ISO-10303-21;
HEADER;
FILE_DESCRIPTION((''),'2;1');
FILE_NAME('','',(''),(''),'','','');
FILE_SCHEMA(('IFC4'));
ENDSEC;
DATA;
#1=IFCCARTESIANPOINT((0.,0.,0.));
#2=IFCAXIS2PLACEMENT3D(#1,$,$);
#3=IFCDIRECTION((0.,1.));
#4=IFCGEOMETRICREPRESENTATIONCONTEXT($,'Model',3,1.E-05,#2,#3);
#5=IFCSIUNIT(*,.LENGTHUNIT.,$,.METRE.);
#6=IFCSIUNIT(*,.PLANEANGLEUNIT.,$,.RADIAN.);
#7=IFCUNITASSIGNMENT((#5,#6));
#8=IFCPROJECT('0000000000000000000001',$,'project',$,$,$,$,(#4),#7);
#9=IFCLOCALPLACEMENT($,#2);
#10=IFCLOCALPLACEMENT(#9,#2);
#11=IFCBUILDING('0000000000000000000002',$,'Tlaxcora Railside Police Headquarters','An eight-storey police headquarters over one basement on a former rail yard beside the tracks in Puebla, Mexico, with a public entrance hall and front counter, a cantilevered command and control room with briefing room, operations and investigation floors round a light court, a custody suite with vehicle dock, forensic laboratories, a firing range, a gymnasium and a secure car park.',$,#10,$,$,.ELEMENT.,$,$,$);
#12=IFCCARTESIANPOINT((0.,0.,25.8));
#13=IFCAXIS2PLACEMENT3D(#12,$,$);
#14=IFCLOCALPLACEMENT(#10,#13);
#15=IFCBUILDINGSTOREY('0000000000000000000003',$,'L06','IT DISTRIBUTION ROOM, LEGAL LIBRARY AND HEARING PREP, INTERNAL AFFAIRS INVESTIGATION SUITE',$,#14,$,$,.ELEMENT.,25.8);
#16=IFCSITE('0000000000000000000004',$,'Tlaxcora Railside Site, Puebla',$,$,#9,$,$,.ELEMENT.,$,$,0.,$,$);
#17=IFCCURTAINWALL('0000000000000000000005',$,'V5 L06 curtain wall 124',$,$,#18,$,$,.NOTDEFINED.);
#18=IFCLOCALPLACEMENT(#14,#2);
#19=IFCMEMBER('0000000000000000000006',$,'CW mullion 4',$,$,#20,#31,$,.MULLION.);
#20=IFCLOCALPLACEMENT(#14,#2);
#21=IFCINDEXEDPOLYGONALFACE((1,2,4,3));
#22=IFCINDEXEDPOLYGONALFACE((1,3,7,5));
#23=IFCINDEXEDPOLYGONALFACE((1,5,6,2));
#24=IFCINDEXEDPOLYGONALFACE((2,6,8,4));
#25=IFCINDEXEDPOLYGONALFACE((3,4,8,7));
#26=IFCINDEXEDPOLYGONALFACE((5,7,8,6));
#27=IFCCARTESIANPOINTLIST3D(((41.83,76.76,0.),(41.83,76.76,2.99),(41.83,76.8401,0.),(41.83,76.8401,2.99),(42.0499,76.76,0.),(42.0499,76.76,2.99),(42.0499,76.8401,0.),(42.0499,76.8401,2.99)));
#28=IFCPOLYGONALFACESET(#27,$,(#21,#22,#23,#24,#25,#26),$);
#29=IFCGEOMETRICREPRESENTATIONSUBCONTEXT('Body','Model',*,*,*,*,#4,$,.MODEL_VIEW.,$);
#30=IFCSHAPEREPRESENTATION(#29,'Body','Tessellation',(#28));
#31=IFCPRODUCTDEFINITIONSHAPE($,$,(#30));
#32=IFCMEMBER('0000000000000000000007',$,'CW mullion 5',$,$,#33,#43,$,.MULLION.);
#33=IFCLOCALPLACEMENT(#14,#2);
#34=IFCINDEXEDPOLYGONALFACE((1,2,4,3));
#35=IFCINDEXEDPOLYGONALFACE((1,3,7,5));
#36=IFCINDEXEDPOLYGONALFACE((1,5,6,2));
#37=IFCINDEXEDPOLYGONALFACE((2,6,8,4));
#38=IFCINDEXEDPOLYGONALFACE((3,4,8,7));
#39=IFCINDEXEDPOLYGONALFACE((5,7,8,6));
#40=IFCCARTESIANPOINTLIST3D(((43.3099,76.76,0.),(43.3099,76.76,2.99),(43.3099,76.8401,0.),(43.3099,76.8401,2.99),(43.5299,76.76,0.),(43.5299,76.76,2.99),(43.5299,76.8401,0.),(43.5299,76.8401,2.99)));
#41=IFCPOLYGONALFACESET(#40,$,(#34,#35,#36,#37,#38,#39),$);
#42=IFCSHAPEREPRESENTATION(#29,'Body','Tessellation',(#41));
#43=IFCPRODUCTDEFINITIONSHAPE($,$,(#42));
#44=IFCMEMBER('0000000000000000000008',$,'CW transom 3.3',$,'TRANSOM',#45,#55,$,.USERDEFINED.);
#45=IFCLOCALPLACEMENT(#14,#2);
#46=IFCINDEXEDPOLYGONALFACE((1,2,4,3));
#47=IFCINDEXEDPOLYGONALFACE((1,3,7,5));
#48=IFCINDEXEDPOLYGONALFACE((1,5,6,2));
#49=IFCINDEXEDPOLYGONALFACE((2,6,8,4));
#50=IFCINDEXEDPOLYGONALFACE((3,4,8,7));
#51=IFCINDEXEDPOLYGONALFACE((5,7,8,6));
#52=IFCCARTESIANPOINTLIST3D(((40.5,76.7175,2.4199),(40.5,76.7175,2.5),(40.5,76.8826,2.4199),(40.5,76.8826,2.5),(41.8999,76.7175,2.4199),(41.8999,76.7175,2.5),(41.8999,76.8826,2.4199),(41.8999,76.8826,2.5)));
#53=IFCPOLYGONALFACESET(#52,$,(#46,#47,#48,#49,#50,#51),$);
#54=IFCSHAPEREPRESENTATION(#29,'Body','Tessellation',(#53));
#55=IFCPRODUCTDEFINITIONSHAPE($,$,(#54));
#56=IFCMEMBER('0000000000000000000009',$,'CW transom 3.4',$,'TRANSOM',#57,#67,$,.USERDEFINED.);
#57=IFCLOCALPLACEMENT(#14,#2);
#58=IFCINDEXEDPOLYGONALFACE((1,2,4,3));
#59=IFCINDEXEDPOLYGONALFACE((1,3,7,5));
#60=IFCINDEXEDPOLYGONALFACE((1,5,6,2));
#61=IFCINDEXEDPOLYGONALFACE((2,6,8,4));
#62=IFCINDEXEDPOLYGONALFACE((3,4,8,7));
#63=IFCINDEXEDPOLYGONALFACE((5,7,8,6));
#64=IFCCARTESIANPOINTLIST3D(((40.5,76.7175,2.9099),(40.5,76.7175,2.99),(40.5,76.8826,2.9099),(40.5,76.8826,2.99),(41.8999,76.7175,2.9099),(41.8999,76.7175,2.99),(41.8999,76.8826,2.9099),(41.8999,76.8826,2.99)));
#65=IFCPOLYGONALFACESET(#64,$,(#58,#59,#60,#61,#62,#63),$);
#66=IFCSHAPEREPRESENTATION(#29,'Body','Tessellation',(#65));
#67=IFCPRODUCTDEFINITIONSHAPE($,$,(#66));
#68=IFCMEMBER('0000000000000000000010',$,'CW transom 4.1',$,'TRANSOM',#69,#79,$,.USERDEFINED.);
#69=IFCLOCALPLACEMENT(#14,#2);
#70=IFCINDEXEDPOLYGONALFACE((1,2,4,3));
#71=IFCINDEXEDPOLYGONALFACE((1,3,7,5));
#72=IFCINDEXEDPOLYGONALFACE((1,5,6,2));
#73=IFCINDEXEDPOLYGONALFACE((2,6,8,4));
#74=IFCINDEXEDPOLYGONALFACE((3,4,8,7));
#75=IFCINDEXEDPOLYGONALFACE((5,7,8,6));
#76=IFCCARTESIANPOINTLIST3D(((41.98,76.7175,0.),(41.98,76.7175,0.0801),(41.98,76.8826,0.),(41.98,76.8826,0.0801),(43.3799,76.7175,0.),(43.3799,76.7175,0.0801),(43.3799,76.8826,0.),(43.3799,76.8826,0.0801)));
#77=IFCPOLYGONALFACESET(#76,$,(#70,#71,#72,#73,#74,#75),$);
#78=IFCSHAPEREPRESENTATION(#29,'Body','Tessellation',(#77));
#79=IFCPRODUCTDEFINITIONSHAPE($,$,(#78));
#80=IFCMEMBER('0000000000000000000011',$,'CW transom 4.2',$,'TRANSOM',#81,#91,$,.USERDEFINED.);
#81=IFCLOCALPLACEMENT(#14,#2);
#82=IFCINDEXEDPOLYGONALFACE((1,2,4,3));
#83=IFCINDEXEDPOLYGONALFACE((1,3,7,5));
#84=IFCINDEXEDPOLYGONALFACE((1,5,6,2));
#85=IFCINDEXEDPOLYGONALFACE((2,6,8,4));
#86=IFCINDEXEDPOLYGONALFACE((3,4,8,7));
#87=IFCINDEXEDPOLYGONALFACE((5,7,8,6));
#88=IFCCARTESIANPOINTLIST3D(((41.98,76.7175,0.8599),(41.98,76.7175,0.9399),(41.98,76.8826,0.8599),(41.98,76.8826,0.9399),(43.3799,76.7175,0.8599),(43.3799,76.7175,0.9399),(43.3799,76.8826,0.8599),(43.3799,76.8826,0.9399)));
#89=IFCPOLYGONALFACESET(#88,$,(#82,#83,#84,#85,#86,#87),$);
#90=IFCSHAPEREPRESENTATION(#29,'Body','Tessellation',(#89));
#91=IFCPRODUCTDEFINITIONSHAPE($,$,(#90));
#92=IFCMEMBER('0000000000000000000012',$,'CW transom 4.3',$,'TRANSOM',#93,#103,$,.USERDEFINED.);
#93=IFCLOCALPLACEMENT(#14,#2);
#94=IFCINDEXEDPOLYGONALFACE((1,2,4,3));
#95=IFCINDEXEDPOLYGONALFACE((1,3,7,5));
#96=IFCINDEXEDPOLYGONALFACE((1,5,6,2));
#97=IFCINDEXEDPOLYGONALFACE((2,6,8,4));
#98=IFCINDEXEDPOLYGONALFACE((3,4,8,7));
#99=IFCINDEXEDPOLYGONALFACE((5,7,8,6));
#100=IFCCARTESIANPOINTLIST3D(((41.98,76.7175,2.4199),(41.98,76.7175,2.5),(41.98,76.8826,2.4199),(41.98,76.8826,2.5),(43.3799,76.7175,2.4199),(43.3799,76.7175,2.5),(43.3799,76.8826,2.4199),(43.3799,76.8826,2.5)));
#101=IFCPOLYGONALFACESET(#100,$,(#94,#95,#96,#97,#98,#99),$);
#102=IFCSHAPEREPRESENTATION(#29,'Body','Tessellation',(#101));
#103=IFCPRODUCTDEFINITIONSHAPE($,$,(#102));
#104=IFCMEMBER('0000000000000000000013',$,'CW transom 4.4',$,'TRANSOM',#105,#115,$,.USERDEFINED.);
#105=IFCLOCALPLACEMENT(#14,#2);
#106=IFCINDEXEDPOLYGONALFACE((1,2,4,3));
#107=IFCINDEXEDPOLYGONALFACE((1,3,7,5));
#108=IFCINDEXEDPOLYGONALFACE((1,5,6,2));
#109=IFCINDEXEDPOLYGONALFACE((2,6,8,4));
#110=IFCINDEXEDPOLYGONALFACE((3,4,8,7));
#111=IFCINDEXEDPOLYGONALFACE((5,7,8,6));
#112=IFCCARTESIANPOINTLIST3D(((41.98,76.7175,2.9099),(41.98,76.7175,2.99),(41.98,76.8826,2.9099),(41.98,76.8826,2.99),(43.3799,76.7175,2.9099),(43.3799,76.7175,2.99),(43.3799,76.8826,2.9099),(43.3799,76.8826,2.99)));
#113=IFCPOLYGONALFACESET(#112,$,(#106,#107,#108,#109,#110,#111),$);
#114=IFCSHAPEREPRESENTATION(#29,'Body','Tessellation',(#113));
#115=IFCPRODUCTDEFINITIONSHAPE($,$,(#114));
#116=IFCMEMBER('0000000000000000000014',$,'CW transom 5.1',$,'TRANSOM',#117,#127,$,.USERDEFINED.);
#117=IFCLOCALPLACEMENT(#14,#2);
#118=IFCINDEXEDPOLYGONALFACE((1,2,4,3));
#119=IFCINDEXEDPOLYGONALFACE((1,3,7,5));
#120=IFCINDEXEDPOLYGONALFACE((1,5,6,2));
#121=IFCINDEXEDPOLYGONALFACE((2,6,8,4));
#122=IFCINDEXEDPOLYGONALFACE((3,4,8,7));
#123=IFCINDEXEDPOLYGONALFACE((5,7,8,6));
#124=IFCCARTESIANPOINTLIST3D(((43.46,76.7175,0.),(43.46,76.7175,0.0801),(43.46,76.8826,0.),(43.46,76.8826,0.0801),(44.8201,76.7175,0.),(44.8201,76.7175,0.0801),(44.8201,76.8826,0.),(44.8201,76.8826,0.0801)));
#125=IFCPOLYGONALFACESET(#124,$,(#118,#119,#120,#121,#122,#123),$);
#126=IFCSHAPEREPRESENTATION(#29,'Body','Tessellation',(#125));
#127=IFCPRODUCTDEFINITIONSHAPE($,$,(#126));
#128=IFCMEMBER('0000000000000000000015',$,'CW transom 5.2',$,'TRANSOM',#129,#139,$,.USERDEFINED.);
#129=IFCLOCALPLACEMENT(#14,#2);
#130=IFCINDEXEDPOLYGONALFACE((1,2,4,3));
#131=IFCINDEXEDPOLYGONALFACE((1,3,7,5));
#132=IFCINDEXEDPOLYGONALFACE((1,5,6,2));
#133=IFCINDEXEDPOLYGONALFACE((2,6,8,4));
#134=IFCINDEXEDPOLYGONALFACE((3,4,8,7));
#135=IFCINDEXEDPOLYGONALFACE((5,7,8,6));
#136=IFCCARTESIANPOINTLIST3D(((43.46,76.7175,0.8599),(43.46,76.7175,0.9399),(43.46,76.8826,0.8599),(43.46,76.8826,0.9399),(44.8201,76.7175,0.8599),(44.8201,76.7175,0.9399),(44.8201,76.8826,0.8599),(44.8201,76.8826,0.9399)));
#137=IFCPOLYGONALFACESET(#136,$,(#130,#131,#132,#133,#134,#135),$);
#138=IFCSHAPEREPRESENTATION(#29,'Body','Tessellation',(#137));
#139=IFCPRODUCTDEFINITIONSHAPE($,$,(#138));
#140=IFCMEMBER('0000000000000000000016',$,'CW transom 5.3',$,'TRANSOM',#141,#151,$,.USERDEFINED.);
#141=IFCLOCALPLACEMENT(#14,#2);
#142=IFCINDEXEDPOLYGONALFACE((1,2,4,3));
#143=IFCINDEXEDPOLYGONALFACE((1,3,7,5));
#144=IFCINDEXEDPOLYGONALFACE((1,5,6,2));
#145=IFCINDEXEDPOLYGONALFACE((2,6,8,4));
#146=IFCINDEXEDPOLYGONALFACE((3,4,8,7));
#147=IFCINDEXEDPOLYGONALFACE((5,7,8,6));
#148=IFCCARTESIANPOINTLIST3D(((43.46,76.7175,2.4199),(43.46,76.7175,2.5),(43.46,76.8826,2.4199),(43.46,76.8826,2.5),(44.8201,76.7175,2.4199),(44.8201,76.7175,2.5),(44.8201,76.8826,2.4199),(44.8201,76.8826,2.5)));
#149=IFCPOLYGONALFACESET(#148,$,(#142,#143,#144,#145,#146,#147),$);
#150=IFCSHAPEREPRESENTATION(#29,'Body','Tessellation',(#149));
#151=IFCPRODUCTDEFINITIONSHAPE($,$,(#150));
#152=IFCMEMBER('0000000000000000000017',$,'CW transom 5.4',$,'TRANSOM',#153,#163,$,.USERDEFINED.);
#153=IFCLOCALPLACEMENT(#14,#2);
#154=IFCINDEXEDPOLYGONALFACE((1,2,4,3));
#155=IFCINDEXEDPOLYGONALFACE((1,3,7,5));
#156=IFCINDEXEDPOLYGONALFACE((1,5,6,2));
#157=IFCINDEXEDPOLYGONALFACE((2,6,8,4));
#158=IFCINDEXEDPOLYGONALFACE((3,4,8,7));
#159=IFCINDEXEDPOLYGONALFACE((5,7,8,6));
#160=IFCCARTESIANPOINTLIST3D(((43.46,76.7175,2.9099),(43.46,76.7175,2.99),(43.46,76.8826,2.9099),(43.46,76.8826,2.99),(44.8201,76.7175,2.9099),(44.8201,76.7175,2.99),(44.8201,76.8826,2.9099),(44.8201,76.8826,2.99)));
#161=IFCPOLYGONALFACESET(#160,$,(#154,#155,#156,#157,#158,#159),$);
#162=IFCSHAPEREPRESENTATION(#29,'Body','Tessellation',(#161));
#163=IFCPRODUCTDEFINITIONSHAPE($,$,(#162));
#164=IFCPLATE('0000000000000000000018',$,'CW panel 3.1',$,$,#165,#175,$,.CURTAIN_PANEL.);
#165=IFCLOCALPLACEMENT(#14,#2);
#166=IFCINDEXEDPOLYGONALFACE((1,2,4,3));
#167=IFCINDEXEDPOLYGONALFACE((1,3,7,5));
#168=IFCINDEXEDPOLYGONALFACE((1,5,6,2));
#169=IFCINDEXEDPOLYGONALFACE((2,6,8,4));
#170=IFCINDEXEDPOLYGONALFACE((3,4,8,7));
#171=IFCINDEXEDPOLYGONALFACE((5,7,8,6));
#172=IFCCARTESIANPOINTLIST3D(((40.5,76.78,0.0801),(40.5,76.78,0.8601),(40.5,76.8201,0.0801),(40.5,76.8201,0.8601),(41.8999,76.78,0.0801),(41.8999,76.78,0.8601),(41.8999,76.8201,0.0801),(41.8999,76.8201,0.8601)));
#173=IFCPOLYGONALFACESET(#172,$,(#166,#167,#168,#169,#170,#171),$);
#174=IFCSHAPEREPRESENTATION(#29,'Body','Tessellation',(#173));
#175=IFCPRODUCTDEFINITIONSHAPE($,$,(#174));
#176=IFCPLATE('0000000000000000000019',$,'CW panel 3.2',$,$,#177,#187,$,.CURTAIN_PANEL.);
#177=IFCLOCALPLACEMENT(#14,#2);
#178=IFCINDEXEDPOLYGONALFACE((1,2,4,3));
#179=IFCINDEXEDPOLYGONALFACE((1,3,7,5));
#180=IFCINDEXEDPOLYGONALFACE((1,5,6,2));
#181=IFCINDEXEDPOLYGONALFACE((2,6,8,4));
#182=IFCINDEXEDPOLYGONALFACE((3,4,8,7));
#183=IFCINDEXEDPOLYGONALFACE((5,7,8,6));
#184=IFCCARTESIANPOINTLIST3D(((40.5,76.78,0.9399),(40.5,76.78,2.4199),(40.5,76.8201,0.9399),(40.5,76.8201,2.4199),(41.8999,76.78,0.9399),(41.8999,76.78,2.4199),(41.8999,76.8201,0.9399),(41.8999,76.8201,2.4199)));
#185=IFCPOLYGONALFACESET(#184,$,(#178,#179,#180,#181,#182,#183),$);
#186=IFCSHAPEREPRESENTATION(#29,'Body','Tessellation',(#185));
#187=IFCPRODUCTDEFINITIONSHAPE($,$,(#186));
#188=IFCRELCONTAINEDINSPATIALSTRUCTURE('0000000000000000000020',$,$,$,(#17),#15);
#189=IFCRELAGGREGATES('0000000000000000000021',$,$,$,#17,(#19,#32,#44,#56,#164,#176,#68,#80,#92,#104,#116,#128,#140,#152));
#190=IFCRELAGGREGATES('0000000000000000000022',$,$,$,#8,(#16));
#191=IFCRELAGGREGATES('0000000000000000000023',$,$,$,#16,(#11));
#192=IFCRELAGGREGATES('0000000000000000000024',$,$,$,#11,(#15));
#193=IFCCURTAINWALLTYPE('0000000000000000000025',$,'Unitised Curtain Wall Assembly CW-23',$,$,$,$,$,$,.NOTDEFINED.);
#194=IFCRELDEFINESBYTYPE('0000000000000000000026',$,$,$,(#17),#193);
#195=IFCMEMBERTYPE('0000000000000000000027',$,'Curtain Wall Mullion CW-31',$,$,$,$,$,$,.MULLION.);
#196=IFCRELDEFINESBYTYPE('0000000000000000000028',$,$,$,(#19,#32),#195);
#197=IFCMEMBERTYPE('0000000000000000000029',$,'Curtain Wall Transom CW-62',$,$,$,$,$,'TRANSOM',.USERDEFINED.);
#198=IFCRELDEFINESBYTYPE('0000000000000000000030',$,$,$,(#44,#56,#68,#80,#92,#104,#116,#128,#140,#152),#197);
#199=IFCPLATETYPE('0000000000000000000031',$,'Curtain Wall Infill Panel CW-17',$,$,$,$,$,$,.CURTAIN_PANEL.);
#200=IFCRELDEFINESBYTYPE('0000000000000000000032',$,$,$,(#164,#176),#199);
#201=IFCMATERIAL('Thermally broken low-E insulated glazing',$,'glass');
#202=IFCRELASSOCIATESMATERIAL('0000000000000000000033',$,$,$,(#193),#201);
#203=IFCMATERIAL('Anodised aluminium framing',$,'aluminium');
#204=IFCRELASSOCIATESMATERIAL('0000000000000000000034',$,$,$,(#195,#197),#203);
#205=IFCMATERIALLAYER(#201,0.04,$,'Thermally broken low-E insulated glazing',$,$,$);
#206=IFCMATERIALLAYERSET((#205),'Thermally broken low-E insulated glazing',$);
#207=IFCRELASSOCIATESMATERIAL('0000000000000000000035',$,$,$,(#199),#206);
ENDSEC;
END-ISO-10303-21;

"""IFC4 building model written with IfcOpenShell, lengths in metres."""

from ifc_helpers import new_model, si_unit, direction, frame, origin, origin_2d, place, context, subcontext, project, spatial, rectangle, extrude, material, layer, layer_set, material_profile, profile_set, type_object, element, aggregate, save


model = new_model("IFC4")

# Units and contexts
model_context = context("Model", 3, precision=1e-05, world=origin(), true_north=direction((0.0, 1.0)))
body_context = subcontext(model_context, "Body", "Model", "MODEL_VIEW")
ifc_project = project(units=[si_unit("LENGTHUNIT", "METRE"), si_unit("PLANEANGLEUNIT", "RADIAN")], contexts=[model_context])

# Site, building, storey
site_placement = place(None, origin())
site = spatial("IfcSite", under=ifc_project, at=site_placement, Name="Tlaxcora Railside Site, Puebla", CompositionType="ELEMENT", RefElevation=0.0)
building_placement = place(site_placement, origin())
building = spatial("IfcBuilding", under=site, at=building_placement, Name="Tlaxcora Railside Police Headquarters", Description="An eight-storey police headquarters over one basement on a former rail yard beside the tracks in Puebla, Mexico, with a public entrance hall and front counter, a cantilevered command and control room with briefing room, operations and investigation floors round a light court, a custody suite with vehicle dock, forensic laboratories, a firing range, a gymnasium and a secure car park.", CompositionType="ELEMENT")
storey_placement = place(building_placement, frame((0.0, 0.0, 25.8)))
storey = spatial("IfcBuildingStorey", under=building, at=storey_placement, Name="L06", Description="IT DISTRIBUTION ROOM, LEGAL LIBRARY AND HEARING PREP, INTERNAL AFFAIRS INVESTIGATION SUITE", CompositionType="ELEMENT", Elevation=25.8)

# Curtain wall, members, plates
ifc_material_1 = material(Name="Thermally broken low-E insulated glazing", Category="glass")
curtain_wall_type = type_object("IfcCurtainWallType", Name="Unitised Curtain Wall Assembly CW-23", PredefinedType="NOTDEFINED", material=ifc_material_1)
curtain_wall_placement = place(storey_placement, origin())
curtain_wall = element("IfcCurtainWall", 1, at=curtain_wall_placement, inside=storey, type_object=curtain_wall_type, Name="V5 L06 curtain wall 124", PredefinedType="NOTDEFINED")
ifc_material_2 = material(Name="Anodised aluminium framing", Category="aluminium")
ifc_material_profile_1 = material_profile(ifc_material_2, rectangle(XDim=0.0801, YDim=0.22, at=origin_2d()), Name="AL80X220")
ifc_profile_set_1 = profile_set([ifc_material_profile_1], Name="Anodised aluminium framing")
member_type_1 = type_object("IfcMemberType", Name="Curtain Wall Mullion CW-31", PredefinedType="MULLION", material=ifc_profile_set_1)
member_1_placement = place(storey_placement, frame((41.9399, 76.8, 0.0), z_axis=(0.0, 0.0, 1.0), x_axis=(0.0, 1.0, 0.0)))
member_1 = element("IfcMember", 2, at=member_1_placement, type_object=member_type_1, Name="CW mullion 4", PredefinedType="MULLION", context=body_context, shape_type="SweptSolid", body=[
    extrude(rectangle(XDim=0.0801, YDim=0.22, at=origin_2d()), origin(), (0.0, 0.0, 1.0), 2.99),
])
member_2_placement = place(storey_placement, frame((43.4199, 76.8, 0.0), z_axis=(0.0, 0.0, 1.0), x_axis=(0.0, 1.0, 0.0)))
member_2 = element("IfcMember", 3, at=member_2_placement, type_object=member_type_1, Name="CW mullion 5", PredefinedType="MULLION", context=body_context, shape_type="SweptSolid", body=[
    extrude(rectangle(XDim=0.0801, YDim=0.22, at=origin_2d()), origin(), (0.0, 0.0, 1.0), 2.99),
])
ifc_material_profile_2 = material_profile(ifc_material_2, rectangle(XDim=0.165, YDim=0.0801, at=origin_2d()), Name="AL80X165")
ifc_profile_set_2 = profile_set([ifc_material_profile_2], Name="Anodised aluminium framing")
member_type_2 = type_object("IfcMemberType", Name="Curtain Wall Transom CW-62", ElementType="TRANSOM", PredefinedType="USERDEFINED", material=ifc_profile_set_2)
member_3_placement = place(storey_placement, frame((40.5, 76.8, 2.46), z_axis=(1.0, 0.0, 0.0), x_axis=(0.0, 1.0, 0.0)))
member_3 = element("IfcMember", 4, at=member_3_placement, type_object=member_type_2, Name="CW transom 3.3", ObjectType="TRANSOM", PredefinedType="USERDEFINED", context=body_context, shape_type="SweptSolid", body=[
    extrude(rectangle(XDim=0.165, YDim=0.0801, at=origin_2d()), origin(), (0.0, 0.0, 1.0), 1.3999),
])
member_4_placement = place(storey_placement, frame((40.5, 76.8, 2.95), z_axis=(1.0, 0.0, 0.0), x_axis=(0.0, 1.0, 0.0)))
member_4 = element("IfcMember", 5, at=member_4_placement, type_object=member_type_2, Name="CW transom 3.4", ObjectType="TRANSOM", PredefinedType="USERDEFINED", context=body_context, shape_type="SweptSolid", body=[
    extrude(rectangle(XDim=0.165, YDim=0.0801, at=origin_2d()), origin(), (0.0, 0.0, 1.0), 1.3999),
])
member_5_placement = place(storey_placement, frame((41.98, 76.8, 0.04), z_axis=(1.0, 0.0, 0.0), x_axis=(0.0, 1.0, 0.0)))
member_5 = element("IfcMember", 6, at=member_5_placement, type_object=member_type_2, Name="CW transom 4.1", ObjectType="TRANSOM", PredefinedType="USERDEFINED", context=body_context, shape_type="SweptSolid", body=[
    extrude(rectangle(XDim=0.165, YDim=0.0801, at=origin_2d()), origin(), (0.0, 0.0, 1.0), 1.3999),
])
member_6_placement = place(storey_placement, frame((41.98, 76.8, 0.8999), z_axis=(1.0, 0.0, 0.0), x_axis=(0.0, 1.0, 0.0)))
member_6 = element("IfcMember", 7, at=member_6_placement, type_object=member_type_2, Name="CW transom 4.2", ObjectType="TRANSOM", PredefinedType="USERDEFINED", context=body_context, shape_type="SweptSolid", body=[
    extrude(rectangle(XDim=0.165, YDim=0.0801, at=origin_2d()), origin(), (0.0, 0.0, 1.0), 1.3999),
])
member_7_placement = place(storey_placement, frame((41.98, 76.8, 2.46), z_axis=(1.0, 0.0, 0.0), x_axis=(0.0, 1.0, 0.0)))
member_7 = element("IfcMember", 8, at=member_7_placement, type_object=member_type_2, Name="CW transom 4.3", ObjectType="TRANSOM", PredefinedType="USERDEFINED", context=body_context, shape_type="SweptSolid", body=[
    extrude(rectangle(XDim=0.165, YDim=0.0801, at=origin_2d()), origin(), (0.0, 0.0, 1.0), 1.3999),
])
member_8_placement = place(storey_placement, frame((41.98, 76.8, 2.95), z_axis=(1.0, 0.0, 0.0), x_axis=(0.0, 1.0, 0.0)))
member_8 = element("IfcMember", 9, at=member_8_placement, type_object=member_type_2, Name="CW transom 4.4", ObjectType="TRANSOM", PredefinedType="USERDEFINED", context=body_context, shape_type="SweptSolid", body=[
    extrude(rectangle(XDim=0.165, YDim=0.0801, at=origin_2d()), origin(), (0.0, 0.0, 1.0), 1.3999),
])
member_9_placement = place(storey_placement, frame((43.46, 76.8, 0.04), z_axis=(1.0, 0.0, 0.0), x_axis=(0.0, 1.0, 0.0)))
member_9 = element("IfcMember", 10, at=member_9_placement, type_object=member_type_2, Name="CW transom 5.1", ObjectType="TRANSOM", PredefinedType="USERDEFINED", context=body_context, shape_type="SweptSolid", body=[
    extrude(rectangle(XDim=0.165, YDim=0.0801, at=origin_2d()), origin(), (0.0, 0.0, 1.0), 1.3601),
])
member_10_placement = place(storey_placement, frame((43.46, 76.8, 0.8999), z_axis=(1.0, 0.0, 0.0), x_axis=(0.0, 1.0, 0.0)))
member_10 = element("IfcMember", 11, at=member_10_placement, type_object=member_type_2, Name="CW transom 5.2", ObjectType="TRANSOM", PredefinedType="USERDEFINED", context=body_context, shape_type="SweptSolid", body=[
    extrude(rectangle(XDim=0.165, YDim=0.0801, at=origin_2d()), origin(), (0.0, 0.0, 1.0), 1.3601),
])
member_11_placement = place(storey_placement, frame((43.46, 76.8, 2.46), z_axis=(1.0, 0.0, 0.0), x_axis=(0.0, 1.0, 0.0)))
member_11 = element("IfcMember", 12, at=member_11_placement, type_object=member_type_2, Name="CW transom 5.3", ObjectType="TRANSOM", PredefinedType="USERDEFINED", context=body_context, shape_type="SweptSolid", body=[
    extrude(rectangle(XDim=0.165, YDim=0.0801, at=origin_2d()), origin(), (0.0, 0.0, 1.0), 1.3601),
])
member_12_placement = place(storey_placement, frame((43.46, 76.8, 2.95), z_axis=(1.0, 0.0, 0.0), x_axis=(0.0, 1.0, 0.0)))
member_12 = element("IfcMember", 13, at=member_12_placement, type_object=member_type_2, Name="CW transom 5.4", ObjectType="TRANSOM", PredefinedType="USERDEFINED", context=body_context, shape_type="SweptSolid", body=[
    extrude(rectangle(XDim=0.165, YDim=0.0801, at=origin_2d()), origin(), (0.0, 0.0, 1.0), 1.3601),
])
ifc_layer_1 = layer(ifc_material_1, 0.04, Name="Thermally broken low-E insulated glazing")
ifc_layer_set_1 = layer_set([ifc_layer_1], Name="Thermally broken low-E insulated glazing")
plate_type = type_object("IfcPlateType", Name="Curtain Wall Infill Panel CW-17", PredefinedType="CURTAIN_PANEL", material=ifc_layer_set_1)
plate_1_placement = place(storey_placement, frame((41.2, 76.8, 0.0801), z_axis=(0.0, 0.0, 1.0), x_axis=(1.0, 0.0, 0.0)))
plate_1 = element("IfcPlate", 14, at=plate_1_placement, type_object=plate_type, Name="CW panel 3.1", PredefinedType="CURTAIN_PANEL", context=body_context, shape_type="SweptSolid", body=[
    extrude(rectangle(XDim=1.3999, YDim=0.04, at=origin_2d()), origin(), (0.0, 0.0, 1.0), 0.78),
])
plate_2_placement = place(storey_placement, frame((41.2, 76.8, 0.9399), z_axis=(0.0, 0.0, 1.0), x_axis=(1.0, 0.0, 0.0)))
plate_2 = element("IfcPlate", 15, at=plate_2_placement, type_object=plate_type, Name="CW panel 3.2", PredefinedType="CURTAIN_PANEL", context=body_context, shape_type="SweptSolid", body=[
    extrude(rectangle(XDim=1.3999, YDim=0.04, at=origin_2d()), origin(), (0.0, 0.0, 1.0), 1.48),
])
aggregate(curtain_wall, [member_1, member_2, member_3, member_4, plate_1, plate_2, member_5, member_6, member_7, member_8, member_9, member_10, member_11, member_12])

save(model, "model.ifc")
